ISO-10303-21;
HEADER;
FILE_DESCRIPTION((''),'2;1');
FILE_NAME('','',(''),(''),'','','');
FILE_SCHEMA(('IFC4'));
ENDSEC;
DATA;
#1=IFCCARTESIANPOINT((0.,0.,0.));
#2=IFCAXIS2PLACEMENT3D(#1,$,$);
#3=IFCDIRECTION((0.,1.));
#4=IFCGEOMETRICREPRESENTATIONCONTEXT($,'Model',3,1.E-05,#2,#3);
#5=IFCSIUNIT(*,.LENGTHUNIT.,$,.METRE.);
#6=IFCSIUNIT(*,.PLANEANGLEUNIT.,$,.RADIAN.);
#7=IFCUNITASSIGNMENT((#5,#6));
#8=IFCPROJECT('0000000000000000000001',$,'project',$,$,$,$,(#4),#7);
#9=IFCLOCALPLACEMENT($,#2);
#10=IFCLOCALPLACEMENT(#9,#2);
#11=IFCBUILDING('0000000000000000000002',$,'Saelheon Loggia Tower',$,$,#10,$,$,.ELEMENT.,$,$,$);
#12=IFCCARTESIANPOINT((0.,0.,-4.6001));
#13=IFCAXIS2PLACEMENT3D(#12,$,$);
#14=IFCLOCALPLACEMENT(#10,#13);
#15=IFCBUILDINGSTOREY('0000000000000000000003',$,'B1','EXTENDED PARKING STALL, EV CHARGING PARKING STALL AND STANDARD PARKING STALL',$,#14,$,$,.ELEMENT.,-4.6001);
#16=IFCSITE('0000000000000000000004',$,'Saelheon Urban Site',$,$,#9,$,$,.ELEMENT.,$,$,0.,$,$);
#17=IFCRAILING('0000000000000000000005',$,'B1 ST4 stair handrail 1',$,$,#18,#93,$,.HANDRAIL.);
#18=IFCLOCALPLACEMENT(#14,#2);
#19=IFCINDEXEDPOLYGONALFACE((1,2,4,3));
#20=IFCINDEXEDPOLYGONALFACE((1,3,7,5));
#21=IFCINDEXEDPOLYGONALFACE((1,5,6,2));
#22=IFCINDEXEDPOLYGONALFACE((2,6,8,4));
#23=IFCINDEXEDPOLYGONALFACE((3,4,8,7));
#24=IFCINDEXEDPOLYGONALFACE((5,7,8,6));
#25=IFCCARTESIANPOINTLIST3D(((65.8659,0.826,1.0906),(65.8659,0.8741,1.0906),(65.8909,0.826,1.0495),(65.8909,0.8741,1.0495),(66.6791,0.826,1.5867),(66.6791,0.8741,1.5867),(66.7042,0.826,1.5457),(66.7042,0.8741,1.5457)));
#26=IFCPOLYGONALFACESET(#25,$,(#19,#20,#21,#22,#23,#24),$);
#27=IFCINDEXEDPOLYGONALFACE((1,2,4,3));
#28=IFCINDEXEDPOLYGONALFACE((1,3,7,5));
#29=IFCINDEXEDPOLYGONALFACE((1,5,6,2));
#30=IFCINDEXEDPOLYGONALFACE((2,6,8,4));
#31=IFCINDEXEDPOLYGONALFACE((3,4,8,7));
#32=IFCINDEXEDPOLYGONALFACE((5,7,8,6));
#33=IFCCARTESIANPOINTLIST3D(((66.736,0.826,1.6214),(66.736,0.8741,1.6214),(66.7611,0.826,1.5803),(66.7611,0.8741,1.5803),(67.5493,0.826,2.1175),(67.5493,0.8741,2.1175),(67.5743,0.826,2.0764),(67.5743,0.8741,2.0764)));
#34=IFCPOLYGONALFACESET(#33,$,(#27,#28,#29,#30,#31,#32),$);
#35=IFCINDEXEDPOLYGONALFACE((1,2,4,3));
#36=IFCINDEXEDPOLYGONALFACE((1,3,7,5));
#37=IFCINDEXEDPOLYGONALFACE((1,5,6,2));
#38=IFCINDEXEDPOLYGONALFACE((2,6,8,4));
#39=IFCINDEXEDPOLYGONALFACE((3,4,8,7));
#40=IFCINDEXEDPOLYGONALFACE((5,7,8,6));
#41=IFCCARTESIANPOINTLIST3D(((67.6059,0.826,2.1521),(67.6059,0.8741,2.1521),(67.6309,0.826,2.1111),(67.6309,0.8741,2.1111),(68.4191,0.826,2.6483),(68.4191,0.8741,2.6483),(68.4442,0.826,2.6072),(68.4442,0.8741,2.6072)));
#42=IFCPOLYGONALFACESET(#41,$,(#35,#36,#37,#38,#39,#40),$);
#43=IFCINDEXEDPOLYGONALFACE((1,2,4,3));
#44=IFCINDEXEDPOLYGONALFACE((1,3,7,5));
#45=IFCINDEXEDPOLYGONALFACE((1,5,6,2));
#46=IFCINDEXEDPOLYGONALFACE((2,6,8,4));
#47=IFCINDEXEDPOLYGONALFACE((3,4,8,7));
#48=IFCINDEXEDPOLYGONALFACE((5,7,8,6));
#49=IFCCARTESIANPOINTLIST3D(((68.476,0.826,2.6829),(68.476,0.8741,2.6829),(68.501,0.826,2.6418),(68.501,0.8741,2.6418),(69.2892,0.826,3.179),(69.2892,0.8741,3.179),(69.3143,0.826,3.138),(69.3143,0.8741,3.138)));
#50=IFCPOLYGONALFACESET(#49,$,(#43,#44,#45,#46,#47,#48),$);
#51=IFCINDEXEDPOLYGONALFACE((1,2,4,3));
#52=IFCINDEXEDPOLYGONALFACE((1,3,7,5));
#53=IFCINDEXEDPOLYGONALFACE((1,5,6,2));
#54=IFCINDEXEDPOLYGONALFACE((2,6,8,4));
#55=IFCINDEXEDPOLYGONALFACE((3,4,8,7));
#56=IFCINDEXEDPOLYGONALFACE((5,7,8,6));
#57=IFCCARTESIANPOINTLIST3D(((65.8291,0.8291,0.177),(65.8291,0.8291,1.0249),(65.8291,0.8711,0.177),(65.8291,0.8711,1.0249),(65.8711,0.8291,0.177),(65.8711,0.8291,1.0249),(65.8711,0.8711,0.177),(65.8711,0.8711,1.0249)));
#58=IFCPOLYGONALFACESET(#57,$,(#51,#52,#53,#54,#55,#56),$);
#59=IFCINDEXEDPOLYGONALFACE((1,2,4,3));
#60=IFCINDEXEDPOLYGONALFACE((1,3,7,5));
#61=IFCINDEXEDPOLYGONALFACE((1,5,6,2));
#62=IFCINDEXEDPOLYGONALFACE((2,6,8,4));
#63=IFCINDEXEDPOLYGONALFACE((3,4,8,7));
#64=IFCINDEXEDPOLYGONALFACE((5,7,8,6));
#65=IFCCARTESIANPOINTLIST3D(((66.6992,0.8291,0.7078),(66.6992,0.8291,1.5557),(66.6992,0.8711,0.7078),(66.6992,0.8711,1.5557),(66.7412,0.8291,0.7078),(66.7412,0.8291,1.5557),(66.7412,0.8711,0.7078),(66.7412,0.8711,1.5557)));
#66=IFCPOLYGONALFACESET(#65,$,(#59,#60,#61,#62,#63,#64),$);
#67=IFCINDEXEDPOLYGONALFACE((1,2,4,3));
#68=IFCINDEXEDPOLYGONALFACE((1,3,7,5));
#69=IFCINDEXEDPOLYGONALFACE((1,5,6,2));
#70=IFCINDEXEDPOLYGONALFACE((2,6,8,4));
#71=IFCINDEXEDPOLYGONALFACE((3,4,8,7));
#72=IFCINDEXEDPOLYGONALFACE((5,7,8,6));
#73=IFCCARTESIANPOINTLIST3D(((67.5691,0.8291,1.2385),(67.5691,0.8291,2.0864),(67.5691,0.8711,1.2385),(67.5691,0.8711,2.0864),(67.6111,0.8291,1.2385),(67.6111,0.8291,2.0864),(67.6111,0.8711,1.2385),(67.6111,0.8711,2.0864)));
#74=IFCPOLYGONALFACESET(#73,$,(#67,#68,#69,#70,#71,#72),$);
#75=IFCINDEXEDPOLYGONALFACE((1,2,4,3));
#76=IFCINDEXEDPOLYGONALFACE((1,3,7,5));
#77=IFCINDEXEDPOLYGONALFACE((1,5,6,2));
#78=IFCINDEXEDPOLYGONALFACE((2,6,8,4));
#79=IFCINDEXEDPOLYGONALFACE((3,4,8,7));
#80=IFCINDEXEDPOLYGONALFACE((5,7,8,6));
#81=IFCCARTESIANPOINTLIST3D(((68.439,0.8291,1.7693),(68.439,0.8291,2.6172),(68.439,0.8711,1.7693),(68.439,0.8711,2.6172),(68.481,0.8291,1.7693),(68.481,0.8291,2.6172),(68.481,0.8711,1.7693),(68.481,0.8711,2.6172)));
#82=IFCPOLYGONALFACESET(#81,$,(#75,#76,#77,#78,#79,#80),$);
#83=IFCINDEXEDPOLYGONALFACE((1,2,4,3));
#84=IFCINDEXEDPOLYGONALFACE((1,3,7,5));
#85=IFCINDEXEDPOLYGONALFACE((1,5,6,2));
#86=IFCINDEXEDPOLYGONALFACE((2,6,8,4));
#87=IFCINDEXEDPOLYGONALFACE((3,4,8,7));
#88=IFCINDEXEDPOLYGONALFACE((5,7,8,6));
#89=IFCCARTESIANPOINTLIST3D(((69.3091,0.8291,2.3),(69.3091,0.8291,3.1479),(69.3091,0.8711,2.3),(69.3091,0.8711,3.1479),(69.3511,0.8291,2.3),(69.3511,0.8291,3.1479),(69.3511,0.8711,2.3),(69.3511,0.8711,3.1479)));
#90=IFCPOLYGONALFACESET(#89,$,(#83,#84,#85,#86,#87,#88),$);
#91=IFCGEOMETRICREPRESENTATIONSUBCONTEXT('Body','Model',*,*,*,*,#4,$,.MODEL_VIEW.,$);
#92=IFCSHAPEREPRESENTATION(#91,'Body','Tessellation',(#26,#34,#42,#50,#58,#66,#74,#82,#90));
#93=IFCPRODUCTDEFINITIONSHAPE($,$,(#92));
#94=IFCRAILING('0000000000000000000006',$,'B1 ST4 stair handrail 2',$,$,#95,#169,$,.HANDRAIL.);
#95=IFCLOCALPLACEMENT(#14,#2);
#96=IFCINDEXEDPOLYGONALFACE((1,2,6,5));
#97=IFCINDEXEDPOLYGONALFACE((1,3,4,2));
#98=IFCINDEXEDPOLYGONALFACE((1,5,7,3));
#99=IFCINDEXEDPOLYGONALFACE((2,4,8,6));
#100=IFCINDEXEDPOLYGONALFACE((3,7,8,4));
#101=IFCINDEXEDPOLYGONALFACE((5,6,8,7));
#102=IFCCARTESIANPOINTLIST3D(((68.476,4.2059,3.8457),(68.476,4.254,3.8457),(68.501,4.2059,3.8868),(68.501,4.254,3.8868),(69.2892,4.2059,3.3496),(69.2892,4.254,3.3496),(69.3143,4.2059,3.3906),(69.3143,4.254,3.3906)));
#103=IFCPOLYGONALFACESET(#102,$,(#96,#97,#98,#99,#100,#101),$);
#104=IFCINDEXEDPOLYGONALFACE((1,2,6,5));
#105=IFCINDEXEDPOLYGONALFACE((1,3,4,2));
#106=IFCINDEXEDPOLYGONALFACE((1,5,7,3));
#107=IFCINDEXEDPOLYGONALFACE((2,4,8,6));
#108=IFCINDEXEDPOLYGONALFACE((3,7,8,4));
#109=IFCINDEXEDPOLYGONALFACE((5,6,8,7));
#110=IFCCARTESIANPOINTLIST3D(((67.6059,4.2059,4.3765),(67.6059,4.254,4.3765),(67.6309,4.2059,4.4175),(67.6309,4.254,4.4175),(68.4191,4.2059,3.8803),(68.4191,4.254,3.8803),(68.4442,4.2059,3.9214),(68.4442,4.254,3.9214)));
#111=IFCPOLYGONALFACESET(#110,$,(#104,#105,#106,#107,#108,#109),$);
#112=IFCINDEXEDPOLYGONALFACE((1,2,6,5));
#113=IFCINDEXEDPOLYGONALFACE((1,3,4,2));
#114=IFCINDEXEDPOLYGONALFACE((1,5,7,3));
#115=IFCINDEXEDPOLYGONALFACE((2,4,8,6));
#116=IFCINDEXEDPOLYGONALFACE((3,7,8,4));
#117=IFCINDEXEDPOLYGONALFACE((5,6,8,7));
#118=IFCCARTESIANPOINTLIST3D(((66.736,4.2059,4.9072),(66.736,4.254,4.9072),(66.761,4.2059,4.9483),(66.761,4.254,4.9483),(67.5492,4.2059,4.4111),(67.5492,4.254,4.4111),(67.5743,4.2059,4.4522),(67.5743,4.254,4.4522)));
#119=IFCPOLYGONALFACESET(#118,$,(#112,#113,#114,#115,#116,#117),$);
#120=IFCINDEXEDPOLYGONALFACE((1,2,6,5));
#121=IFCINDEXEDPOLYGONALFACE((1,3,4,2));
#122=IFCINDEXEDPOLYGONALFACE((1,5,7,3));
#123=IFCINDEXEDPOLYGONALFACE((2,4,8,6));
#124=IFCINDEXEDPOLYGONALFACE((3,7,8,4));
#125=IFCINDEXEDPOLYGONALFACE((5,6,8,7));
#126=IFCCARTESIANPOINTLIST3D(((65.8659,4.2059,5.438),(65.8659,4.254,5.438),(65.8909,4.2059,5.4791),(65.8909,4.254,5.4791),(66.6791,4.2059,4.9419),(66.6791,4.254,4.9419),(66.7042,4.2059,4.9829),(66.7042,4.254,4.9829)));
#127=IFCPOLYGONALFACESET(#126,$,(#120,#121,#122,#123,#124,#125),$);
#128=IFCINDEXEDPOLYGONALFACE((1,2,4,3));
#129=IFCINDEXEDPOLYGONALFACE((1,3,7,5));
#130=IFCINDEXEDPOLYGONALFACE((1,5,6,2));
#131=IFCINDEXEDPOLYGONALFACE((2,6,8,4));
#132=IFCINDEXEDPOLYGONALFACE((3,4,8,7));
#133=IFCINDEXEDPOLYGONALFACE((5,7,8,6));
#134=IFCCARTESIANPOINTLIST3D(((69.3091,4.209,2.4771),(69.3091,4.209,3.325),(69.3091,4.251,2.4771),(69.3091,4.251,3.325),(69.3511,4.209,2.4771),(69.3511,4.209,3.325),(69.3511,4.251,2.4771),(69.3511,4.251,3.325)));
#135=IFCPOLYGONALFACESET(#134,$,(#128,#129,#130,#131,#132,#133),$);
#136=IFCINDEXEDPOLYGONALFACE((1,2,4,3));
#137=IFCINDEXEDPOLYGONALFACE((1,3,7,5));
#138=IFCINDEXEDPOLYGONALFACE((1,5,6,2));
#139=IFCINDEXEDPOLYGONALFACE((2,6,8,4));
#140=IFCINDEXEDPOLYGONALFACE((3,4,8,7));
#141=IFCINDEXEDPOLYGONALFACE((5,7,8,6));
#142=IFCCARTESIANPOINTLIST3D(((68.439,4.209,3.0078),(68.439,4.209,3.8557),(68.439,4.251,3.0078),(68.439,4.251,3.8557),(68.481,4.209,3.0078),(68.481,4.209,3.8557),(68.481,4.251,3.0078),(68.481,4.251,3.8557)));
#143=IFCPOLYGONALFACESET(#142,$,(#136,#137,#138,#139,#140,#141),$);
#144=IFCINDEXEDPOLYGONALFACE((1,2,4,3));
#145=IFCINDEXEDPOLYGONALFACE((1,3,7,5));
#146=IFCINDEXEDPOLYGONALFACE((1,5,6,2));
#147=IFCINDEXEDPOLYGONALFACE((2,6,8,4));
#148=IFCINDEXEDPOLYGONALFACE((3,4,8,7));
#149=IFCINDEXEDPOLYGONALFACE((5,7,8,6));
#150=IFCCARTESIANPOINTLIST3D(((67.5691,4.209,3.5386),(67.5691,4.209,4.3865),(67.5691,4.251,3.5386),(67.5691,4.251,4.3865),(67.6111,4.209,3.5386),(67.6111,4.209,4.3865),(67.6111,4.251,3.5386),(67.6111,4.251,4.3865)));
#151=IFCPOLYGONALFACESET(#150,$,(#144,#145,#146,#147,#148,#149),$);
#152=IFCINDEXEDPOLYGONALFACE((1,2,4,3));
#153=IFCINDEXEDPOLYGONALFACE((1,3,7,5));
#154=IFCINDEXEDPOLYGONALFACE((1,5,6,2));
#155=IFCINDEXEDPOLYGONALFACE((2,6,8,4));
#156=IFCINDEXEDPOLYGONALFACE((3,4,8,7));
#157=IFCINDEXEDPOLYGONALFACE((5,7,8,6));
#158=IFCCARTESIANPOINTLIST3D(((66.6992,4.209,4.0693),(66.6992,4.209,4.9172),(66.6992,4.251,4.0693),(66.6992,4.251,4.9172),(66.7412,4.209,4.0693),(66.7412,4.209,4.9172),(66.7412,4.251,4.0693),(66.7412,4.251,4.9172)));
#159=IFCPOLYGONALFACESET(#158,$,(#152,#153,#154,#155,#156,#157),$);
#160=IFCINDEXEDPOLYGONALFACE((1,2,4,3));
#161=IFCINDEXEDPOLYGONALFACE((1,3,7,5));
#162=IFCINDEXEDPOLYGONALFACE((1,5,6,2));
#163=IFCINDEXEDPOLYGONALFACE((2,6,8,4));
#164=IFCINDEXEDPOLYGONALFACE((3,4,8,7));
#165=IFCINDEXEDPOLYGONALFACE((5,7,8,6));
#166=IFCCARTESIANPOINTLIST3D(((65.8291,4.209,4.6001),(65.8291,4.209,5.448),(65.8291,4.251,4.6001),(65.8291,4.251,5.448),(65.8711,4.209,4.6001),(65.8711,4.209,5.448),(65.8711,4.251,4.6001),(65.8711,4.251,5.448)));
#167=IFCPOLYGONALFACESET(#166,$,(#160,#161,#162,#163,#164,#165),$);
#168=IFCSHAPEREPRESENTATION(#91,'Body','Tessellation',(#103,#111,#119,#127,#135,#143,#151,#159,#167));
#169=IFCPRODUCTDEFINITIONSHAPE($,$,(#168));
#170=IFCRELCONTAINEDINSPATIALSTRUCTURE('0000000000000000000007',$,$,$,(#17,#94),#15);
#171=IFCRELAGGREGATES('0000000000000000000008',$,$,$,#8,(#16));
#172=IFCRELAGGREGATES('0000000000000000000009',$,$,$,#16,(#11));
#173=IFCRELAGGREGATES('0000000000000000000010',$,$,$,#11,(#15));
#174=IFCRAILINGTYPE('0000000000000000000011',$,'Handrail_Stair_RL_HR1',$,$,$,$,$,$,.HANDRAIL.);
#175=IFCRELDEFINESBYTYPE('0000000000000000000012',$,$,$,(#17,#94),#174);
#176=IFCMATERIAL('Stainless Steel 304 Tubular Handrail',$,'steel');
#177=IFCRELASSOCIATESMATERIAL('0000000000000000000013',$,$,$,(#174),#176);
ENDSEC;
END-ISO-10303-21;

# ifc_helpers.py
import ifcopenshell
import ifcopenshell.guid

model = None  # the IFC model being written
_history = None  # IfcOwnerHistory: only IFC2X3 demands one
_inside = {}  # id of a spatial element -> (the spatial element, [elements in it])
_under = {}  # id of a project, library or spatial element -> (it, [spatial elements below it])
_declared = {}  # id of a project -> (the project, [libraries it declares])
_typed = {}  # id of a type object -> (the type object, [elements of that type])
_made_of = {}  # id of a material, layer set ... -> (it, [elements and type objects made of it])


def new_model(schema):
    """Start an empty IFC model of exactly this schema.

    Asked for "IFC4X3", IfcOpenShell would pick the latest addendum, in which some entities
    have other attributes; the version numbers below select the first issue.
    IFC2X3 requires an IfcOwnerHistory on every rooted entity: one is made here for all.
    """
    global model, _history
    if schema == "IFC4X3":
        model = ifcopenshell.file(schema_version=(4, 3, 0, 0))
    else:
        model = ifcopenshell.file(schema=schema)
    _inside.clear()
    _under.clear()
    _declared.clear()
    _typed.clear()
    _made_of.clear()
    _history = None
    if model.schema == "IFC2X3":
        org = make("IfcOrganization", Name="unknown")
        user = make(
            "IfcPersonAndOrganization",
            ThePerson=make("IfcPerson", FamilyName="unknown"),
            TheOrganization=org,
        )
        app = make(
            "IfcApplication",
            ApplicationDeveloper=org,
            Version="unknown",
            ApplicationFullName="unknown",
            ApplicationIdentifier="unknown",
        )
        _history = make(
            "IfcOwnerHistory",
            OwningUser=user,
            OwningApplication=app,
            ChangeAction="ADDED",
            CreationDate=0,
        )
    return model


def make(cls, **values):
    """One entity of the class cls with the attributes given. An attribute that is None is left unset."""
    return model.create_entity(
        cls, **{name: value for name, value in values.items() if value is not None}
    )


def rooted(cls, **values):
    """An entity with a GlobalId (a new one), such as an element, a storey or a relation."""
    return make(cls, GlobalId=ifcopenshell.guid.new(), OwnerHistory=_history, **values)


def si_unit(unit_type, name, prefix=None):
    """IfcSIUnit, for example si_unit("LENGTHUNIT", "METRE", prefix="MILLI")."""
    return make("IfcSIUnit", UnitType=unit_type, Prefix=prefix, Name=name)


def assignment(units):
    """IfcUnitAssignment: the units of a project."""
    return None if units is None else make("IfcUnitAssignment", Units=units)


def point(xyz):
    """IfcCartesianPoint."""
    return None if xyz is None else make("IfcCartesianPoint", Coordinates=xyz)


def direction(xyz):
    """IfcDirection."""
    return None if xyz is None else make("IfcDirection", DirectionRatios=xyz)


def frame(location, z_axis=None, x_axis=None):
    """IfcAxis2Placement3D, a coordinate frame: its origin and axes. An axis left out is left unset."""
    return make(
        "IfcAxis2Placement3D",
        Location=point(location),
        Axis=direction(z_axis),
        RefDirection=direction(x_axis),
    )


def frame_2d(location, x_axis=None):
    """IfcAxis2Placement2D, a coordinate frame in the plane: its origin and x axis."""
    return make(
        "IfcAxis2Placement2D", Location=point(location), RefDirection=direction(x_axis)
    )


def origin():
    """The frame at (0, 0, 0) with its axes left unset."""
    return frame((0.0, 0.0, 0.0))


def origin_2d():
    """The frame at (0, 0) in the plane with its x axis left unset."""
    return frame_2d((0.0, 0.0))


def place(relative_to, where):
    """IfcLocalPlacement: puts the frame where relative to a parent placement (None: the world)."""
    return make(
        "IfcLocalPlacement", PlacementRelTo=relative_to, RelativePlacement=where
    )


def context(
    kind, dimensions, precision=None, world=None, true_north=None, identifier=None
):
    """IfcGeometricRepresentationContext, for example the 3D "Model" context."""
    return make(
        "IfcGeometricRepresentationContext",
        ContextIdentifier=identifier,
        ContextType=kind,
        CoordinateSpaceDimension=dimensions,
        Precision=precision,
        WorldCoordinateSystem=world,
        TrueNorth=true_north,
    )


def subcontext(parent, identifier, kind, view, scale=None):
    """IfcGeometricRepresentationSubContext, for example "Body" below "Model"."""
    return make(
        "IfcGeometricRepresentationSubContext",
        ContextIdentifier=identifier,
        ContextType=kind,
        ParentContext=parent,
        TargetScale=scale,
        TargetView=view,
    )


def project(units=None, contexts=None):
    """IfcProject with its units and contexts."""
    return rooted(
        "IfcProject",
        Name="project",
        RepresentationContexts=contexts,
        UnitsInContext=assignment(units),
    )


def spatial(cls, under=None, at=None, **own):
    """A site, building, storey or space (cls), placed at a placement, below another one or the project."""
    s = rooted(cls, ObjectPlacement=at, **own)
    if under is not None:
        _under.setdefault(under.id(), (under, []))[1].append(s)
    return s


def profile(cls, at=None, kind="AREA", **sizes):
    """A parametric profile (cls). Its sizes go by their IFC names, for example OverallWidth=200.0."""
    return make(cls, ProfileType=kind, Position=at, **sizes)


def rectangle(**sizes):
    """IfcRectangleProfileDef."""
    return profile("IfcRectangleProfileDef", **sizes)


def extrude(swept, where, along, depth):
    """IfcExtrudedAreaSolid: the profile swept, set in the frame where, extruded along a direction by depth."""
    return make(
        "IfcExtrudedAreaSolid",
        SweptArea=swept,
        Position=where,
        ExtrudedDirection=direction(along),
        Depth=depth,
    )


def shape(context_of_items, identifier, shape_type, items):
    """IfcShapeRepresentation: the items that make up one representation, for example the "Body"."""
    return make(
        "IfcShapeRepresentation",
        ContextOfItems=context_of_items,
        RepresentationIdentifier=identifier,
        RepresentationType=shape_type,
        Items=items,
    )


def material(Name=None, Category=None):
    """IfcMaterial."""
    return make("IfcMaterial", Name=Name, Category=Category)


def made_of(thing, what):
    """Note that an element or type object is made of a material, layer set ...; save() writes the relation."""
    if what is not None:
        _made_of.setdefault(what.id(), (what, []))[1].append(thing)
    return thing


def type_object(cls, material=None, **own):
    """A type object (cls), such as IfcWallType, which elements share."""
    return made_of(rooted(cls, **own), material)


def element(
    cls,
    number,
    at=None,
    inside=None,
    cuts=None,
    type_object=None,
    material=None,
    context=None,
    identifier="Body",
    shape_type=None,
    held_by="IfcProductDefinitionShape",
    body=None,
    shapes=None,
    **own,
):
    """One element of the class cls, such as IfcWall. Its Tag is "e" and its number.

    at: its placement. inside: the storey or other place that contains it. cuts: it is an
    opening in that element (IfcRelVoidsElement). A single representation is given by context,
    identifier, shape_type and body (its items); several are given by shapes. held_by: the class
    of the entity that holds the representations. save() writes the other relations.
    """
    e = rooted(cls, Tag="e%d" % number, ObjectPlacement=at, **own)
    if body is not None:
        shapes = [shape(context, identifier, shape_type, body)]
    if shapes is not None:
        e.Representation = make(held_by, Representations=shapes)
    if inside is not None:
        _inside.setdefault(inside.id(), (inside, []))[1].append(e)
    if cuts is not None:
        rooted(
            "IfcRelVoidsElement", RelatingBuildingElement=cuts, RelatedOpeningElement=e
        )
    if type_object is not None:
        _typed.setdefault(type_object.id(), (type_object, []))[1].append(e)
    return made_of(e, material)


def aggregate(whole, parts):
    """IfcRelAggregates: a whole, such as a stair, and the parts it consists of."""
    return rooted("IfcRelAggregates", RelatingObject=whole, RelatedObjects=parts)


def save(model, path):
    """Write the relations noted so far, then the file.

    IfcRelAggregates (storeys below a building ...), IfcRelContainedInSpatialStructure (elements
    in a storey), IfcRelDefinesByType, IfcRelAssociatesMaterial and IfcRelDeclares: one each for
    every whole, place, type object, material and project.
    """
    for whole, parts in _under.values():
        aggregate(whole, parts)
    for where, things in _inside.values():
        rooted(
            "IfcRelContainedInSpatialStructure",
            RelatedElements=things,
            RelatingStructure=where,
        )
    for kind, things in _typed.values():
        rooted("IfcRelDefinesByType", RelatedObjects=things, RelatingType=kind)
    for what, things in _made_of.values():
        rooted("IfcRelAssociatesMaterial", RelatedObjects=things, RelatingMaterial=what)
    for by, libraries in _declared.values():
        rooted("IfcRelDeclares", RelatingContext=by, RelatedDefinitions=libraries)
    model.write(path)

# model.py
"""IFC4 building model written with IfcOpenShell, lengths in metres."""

from ifc_helpers import new_model, si_unit, direction, frame, origin, origin_2d, place, context, subcontext, project, spatial, rectangle, extrude, material, type_object, element, save


model = new_model("IFC4")

# Units and contexts
model_context = context("Model", 3, precision=1e-05, world=origin(), true_north=direction((0.0, 1.0)))
body_context = subcontext(model_context, "Body", "Model", "MODEL_VIEW")
ifc_project = project(units=[si_unit("LENGTHUNIT", "METRE"), si_unit("PLANEANGLEUNIT", "RADIAN")], contexts=[model_context])

# Site, building, storey
site_placement = place(None, origin())
site = spatial("IfcSite", under=ifc_project, at=site_placement, Name="Saelheon Urban Site", CompositionType="ELEMENT", RefElevation=0.0)
building_placement = place(site_placement, origin())
building = spatial("IfcBuilding", under=site, at=building_placement, Name="Saelheon Loggia Tower", CompositionType="ELEMENT")
storey_placement = place(building_placement, frame((0.0, 0.0, -4.6001)))
storey = spatial("IfcBuildingStorey", under=building, at=storey_placement, Name="B1", Description="EXTENDED PARKING STALL, EV CHARGING PARKING STALL AND STANDARD PARKING STALL", CompositionType="ELEMENT", Elevation=-4.6001)

# Railings
ifc_material_1 = material(Name="Stainless Steel 304 Tubular Handrail", Category="steel")
railing_type_1 = type_object("IfcRailingType", Name="Handrail_Stair_RL_HR1", PredefinedType="HANDRAIL", material=ifc_material_1)
railing_1_placement = place(storey_placement, frame((65.8501, 0.8501, 0.177)))
element("IfcRailing", 1, at=railing_1_placement, inside=storey, type_object=railing_type_1, Name="B1 ST4 stair handrail 1", PredefinedType="HANDRAIL", context=body_context, shape_type="SweptSolid", body=[
    extrude(rectangle(XDim=0.0481, YDim=0.0481, at=origin_2d()), frame((0.0283, 0.0, 0.8931), z_axis=(0.853675, 0.0, 0.520805), x_axis=(0.0, 1.0, 0.0)), (0.0, 0.0, 1.0), 0.9526),
    extrude(rectangle(XDim=0.0481, YDim=0.0481, at=origin_2d()), frame((0.8984, 0.0, 1.4238), z_axis=(0.853675, 0.0, 0.520805), x_axis=(0.0, 1.0, 0.0)), (0.0, 0.0, 1.0), 0.9526),
    extrude(rectangle(XDim=0.0481, YDim=0.0481, at=origin_2d()), frame((1.7683, 0.0, 1.9546), z_axis=(0.853675, 0.0, 0.520805), x_axis=(0.0, 1.0, 0.0)), (0.0, 0.0, 1.0), 0.9526),
    extrude(rectangle(XDim=0.0481, YDim=0.0481, at=origin_2d()), frame((2.6384, 0.0, 2.4854), z_axis=(0.853675, 0.0, 0.520805), x_axis=(0.0, 1.0, 0.0)), (0.0, 0.0, 1.0), 0.9526),
    extrude(rectangle(XDim=0.042, YDim=0.042, at=origin_2d()), origin(), (0.0, 0.0, 1.0), 0.8479),
    extrude(rectangle(XDim=0.042, YDim=0.042, at=origin_2d()), frame((0.8701, 0.0, 0.5308)), (0.0, 0.0, 1.0), 0.8479),
    extrude(rectangle(XDim=0.042, YDim=0.042, at=origin_2d()), frame((1.74, 0.0, 1.0615)), (0.0, 0.0, 1.0), 0.8479),
    extrude(rectangle(XDim=0.042, YDim=0.042, at=origin_2d()), frame((2.6099, 0.0, 1.5923)), (0.0, 0.0, 1.0), 0.8479),
    extrude(rectangle(XDim=0.042, YDim=0.042, at=origin_2d()), frame((3.48, 0.0, 2.123)), (0.0, 0.0, 1.0), 0.8479),
])
railing_2_placement = place(storey_placement, frame((69.3301, 4.23, 2.4771)))
element("IfcRailing", 2, at=railing_2_placement, inside=storey, type_object=railing_type_1, Name="B1 ST4 stair handrail 2", PredefinedType="HANDRAIL", context=body_context, shape_type="SweptSolid", body=[
    extrude(rectangle(XDim=0.0481, YDim=0.0481, at=origin_2d()), frame((-0.0283, 0.0, 0.8931), z_axis=(-0.853675, 0.0, 0.520805), x_axis=(0.0, -1.0, 0.0)), (0.0, 0.0, 1.0), 0.9526),
    extrude(rectangle(XDim=0.0481, YDim=0.0481, at=origin_2d()), frame((-0.8984, 0.0, 1.4238), z_axis=(-0.853675, 0.0, 0.520805), x_axis=(0.0, -1.0, 0.0)), (0.0, 0.0, 1.0), 0.9526),
    extrude(rectangle(XDim=0.0481, YDim=0.0481, at=origin_2d()), frame((-1.7683, 0.0, 1.9546), z_axis=(-0.853675, 0.0, 0.520805), x_axis=(0.0, -1.0, 0.0)), (0.0, 0.0, 1.0), 0.9526),
    extrude(rectangle(XDim=0.0481, YDim=0.0481, at=origin_2d()), frame((-2.6384, 0.0, 2.4854), z_axis=(-0.853675, 0.0, 0.520805), x_axis=(0.0, -1.0, 0.0)), (0.0, 0.0, 1.0), 0.9526),
    extrude(rectangle(XDim=0.042, YDim=0.042, at=origin_2d()), origin(), (0.0, 0.0, 1.0), 0.8479),
    extrude(rectangle(XDim=0.042, YDim=0.042, at=origin_2d()), frame((-0.8701, 0.0, 0.5308)), (0.0, 0.0, 1.0), 0.8479),
    extrude(rectangle(XDim=0.042, YDim=0.042, at=origin_2d()), frame((-1.74, 0.0, 1.0615)), (0.0, 0.0, 1.0), 0.8479),
    extrude(rectangle(XDim=0.042, YDim=0.042, at=origin_2d()), frame((-2.6099, 0.0, 1.5923)), (0.0, 0.0, 1.0), 0.8479),
    extrude(rectangle(XDim=0.042, YDim=0.042, at=origin_2d()), frame((-3.48, 0.0, 2.123)), (0.0, 0.0, 1.0), 0.8479),
])

save(model, "model.ifc")
